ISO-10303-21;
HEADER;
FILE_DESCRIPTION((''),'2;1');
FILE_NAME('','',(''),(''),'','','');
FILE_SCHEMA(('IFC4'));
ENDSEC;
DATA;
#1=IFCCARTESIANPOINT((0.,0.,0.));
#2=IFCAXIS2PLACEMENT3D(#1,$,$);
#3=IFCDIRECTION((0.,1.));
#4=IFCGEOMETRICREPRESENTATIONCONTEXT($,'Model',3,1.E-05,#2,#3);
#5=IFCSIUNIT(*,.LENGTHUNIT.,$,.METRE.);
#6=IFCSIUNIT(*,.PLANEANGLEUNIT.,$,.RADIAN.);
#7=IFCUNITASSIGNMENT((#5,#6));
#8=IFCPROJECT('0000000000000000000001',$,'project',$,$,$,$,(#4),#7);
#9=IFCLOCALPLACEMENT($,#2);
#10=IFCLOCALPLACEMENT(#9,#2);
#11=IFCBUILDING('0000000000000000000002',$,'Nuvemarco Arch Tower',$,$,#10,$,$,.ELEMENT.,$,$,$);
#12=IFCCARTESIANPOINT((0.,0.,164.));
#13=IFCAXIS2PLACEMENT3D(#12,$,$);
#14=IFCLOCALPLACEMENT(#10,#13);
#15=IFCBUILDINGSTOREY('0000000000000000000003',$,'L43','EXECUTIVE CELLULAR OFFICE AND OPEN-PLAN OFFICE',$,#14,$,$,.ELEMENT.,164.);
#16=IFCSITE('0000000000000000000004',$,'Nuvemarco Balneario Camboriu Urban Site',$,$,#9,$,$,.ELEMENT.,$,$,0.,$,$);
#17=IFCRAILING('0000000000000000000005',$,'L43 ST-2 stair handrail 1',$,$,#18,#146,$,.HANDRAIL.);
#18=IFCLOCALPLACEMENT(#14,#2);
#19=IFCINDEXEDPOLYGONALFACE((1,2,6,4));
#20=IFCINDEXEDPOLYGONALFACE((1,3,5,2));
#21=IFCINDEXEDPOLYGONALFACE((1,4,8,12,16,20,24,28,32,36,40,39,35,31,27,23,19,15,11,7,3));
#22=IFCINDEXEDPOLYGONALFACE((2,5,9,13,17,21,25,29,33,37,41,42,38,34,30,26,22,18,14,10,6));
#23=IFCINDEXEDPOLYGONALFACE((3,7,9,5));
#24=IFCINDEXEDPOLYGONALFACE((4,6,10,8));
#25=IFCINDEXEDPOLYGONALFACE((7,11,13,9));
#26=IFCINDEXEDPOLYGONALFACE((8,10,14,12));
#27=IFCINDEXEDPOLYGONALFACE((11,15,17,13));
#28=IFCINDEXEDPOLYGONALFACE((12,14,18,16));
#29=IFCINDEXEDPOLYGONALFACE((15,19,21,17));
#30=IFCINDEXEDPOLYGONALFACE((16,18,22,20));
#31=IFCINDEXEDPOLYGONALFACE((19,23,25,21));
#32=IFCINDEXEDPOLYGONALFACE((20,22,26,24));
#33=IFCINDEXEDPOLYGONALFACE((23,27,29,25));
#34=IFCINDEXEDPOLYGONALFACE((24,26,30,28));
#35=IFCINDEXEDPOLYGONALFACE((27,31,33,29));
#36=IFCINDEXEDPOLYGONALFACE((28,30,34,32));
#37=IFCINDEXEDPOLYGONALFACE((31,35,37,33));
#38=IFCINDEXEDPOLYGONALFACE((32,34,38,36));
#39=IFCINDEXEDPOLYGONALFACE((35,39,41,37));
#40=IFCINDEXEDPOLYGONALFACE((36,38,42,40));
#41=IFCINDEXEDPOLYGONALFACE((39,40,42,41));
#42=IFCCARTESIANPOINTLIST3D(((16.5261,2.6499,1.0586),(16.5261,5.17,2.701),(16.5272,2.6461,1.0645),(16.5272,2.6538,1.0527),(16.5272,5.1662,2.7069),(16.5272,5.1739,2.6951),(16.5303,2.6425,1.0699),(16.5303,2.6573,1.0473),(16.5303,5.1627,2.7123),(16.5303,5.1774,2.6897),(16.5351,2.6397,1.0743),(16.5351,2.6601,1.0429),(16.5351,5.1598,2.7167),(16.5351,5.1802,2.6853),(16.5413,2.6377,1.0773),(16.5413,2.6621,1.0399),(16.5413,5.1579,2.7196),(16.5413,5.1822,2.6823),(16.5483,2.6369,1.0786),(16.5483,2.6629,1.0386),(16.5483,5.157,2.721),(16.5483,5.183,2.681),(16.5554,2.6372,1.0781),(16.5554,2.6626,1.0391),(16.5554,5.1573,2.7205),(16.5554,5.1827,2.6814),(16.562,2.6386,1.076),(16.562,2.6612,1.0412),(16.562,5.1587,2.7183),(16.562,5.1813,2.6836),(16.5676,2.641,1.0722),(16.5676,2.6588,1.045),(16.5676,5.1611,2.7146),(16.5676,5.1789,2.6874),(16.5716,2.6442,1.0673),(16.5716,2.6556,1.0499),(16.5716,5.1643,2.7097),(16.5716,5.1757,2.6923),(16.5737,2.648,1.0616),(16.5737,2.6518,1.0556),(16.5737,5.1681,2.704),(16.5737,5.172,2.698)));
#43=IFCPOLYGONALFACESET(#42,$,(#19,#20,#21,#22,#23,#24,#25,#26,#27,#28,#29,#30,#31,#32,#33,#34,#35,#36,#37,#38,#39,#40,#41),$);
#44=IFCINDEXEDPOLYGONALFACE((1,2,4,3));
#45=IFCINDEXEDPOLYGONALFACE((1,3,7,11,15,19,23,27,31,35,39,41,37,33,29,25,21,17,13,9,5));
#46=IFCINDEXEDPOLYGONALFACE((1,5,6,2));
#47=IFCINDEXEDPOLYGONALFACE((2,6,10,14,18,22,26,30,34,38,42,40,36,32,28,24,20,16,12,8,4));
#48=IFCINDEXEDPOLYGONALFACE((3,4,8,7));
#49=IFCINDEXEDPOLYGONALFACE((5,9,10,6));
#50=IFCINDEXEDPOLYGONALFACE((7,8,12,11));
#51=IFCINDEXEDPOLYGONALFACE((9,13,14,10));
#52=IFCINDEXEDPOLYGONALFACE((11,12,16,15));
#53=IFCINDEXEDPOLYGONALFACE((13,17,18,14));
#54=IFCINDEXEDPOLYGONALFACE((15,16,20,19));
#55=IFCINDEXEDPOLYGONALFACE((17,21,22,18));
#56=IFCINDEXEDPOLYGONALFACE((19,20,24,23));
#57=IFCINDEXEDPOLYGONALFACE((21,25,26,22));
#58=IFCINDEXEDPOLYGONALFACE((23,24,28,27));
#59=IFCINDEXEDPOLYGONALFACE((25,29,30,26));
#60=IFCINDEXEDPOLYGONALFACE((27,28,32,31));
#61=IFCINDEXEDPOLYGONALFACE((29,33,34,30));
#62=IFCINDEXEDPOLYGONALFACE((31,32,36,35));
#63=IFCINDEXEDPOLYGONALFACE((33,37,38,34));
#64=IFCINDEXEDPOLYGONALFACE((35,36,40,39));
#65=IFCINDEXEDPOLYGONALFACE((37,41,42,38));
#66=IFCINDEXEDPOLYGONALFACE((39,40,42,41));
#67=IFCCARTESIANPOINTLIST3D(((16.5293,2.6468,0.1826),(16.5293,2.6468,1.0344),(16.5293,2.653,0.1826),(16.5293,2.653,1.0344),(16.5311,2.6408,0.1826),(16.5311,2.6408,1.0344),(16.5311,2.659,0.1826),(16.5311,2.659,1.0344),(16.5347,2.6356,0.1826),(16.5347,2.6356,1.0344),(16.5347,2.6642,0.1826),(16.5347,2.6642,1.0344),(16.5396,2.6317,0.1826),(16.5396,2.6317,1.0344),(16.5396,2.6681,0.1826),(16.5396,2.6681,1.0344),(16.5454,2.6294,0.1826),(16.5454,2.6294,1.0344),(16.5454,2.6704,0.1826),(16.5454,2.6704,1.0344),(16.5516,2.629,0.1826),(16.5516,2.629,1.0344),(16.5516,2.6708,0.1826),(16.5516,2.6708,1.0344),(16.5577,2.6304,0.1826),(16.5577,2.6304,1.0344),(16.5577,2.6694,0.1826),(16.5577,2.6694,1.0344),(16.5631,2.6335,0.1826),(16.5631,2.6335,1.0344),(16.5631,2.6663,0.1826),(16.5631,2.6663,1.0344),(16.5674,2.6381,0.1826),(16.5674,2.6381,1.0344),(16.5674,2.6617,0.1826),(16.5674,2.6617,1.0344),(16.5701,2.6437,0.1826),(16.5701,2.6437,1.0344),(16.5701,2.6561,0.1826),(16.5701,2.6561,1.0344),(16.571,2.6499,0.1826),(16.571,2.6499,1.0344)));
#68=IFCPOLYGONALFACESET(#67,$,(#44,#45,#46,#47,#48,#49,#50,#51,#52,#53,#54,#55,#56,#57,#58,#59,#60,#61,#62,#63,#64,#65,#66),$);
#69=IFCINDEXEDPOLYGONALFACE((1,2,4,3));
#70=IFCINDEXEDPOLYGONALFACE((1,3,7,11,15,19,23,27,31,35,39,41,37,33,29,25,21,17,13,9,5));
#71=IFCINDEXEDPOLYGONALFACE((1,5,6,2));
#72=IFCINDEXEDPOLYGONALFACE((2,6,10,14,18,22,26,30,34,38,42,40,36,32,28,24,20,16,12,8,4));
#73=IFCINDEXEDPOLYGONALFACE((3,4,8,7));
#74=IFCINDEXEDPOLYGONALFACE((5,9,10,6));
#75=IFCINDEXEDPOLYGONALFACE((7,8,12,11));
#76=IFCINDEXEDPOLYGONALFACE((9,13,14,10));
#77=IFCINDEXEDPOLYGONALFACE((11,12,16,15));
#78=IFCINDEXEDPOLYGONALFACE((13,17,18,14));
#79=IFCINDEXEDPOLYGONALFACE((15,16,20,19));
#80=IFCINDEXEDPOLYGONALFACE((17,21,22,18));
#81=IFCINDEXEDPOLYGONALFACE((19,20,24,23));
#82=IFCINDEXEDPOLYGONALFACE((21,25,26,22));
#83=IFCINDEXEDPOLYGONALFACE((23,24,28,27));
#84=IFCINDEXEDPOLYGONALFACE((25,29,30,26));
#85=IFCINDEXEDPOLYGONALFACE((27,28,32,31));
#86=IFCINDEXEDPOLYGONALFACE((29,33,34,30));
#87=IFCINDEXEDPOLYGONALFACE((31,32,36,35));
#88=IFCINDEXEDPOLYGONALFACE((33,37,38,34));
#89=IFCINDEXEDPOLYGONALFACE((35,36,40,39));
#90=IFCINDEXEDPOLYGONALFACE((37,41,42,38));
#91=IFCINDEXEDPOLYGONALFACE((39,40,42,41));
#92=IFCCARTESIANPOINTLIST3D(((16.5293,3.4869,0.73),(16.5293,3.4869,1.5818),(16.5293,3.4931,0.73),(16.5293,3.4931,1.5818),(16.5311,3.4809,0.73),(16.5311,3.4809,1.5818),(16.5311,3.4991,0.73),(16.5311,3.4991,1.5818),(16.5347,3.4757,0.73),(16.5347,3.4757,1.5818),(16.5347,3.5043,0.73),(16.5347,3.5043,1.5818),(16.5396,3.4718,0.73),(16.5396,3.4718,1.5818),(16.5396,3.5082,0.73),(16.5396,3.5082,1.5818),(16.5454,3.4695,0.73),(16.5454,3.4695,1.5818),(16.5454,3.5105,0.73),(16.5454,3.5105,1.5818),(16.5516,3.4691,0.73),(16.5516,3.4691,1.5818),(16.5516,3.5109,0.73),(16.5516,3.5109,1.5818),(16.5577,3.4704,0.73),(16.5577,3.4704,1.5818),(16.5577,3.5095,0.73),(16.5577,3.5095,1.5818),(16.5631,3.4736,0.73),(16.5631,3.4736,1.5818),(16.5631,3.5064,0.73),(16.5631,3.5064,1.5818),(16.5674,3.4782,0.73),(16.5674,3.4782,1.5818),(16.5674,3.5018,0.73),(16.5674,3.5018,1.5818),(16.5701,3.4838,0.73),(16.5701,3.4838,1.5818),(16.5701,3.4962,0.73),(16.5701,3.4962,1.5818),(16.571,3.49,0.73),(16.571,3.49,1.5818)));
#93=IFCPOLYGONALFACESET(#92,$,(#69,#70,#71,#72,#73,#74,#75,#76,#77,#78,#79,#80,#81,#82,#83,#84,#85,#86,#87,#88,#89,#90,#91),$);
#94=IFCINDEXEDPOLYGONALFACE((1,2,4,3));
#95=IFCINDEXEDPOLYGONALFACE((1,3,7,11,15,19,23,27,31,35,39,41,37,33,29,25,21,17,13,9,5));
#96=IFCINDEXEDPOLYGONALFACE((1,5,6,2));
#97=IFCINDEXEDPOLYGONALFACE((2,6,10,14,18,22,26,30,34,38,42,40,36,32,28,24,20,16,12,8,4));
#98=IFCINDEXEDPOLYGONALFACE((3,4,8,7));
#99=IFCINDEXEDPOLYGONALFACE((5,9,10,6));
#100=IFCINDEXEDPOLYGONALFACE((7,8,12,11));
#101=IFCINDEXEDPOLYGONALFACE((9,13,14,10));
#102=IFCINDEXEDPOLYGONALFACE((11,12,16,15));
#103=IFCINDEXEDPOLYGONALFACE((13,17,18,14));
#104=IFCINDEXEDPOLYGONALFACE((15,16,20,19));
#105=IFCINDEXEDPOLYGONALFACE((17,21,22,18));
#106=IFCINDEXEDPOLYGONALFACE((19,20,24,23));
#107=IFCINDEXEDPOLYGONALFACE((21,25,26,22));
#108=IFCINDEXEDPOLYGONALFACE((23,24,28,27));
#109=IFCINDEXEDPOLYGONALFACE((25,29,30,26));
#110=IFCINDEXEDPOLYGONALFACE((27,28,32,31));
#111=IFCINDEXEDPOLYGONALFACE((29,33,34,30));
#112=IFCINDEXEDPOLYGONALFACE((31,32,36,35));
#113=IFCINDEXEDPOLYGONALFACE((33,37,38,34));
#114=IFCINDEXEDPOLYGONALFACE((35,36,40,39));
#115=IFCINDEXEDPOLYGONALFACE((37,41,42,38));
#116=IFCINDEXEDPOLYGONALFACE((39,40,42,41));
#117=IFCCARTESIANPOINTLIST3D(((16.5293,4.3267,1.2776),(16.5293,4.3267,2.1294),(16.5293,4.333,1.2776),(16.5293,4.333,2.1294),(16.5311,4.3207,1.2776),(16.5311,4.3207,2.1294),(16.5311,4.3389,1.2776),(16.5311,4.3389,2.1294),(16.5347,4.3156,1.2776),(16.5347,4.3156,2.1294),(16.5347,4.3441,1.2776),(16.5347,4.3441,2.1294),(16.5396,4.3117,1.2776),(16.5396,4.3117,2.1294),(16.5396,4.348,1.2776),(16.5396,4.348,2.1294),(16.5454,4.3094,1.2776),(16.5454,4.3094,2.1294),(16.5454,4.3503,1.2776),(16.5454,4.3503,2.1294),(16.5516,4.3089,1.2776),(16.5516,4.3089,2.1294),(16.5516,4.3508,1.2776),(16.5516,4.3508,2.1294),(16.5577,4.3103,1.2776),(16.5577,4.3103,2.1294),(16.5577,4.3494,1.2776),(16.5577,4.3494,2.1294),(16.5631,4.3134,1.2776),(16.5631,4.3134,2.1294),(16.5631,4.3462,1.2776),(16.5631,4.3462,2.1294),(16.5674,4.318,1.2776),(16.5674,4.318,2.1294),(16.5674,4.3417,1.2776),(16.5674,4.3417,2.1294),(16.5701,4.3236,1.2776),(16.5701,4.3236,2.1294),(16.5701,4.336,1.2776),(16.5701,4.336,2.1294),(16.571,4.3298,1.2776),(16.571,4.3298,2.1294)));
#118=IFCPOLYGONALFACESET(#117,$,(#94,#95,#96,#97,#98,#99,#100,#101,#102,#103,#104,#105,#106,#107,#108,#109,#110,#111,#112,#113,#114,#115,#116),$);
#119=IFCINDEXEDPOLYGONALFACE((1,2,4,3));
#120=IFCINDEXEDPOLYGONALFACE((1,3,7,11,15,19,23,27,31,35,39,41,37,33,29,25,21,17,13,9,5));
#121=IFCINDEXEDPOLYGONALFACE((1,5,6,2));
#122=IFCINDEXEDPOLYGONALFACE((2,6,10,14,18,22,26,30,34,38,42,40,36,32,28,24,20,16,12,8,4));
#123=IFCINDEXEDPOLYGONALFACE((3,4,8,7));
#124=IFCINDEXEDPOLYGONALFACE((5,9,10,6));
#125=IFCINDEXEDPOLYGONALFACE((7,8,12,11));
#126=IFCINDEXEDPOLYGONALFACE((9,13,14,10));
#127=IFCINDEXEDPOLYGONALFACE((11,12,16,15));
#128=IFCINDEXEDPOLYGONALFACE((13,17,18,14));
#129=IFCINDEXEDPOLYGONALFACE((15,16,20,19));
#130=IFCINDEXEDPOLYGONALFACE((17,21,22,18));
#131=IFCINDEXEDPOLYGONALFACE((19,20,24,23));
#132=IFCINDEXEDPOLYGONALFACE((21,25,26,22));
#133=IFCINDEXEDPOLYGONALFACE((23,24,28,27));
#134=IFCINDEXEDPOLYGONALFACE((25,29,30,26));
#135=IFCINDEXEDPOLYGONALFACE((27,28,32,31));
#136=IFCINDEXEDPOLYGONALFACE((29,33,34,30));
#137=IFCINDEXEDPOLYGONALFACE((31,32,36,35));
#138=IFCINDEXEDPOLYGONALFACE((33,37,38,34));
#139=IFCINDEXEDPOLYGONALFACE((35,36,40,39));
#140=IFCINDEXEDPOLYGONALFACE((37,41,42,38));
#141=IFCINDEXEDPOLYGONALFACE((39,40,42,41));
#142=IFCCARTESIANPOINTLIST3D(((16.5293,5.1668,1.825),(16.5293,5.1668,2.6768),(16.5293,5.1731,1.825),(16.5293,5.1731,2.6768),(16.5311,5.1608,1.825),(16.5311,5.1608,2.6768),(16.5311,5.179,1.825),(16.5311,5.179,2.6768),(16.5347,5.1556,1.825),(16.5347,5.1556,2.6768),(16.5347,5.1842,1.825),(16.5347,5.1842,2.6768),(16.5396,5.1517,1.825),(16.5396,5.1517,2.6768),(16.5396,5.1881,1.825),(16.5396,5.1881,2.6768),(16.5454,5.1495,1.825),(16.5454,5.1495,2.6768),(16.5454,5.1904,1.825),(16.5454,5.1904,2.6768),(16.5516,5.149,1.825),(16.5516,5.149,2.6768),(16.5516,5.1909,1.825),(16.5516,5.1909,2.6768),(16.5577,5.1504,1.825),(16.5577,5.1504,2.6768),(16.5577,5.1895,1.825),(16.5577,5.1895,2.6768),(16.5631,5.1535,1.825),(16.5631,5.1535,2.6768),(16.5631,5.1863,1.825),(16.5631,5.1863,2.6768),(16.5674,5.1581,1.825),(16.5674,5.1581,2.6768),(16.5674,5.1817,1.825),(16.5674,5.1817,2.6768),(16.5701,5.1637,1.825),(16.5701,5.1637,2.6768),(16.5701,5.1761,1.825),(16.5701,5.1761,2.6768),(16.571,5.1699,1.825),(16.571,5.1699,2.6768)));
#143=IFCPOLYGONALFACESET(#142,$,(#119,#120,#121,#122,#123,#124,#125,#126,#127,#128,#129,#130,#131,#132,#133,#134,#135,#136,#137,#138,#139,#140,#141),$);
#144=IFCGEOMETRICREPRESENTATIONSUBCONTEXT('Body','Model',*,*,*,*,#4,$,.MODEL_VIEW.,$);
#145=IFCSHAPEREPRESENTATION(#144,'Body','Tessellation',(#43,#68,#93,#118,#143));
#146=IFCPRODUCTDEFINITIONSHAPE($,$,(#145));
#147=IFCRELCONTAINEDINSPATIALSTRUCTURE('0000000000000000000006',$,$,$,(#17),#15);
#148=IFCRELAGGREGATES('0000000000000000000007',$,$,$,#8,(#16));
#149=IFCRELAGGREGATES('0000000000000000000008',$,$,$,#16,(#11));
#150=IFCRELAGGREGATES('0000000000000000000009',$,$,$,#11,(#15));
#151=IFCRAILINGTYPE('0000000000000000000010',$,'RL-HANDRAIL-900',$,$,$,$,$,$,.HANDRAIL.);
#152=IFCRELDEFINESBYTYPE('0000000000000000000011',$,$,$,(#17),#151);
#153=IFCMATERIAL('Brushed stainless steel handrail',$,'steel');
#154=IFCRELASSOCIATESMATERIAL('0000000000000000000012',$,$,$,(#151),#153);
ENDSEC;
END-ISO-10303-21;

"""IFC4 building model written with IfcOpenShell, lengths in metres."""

from ifc_helpers import new_model, si_unit, direction, frame, origin, origin_2d, place, context, subcontext, project, spatial, circle, extrude, material, type_object, element, save


model = new_model("IFC4")

# Units and contexts
model_context = context("Model", 3, precision=1e-05, world=origin(), true_north=direction((0.0, 1.0)))
body_context = subcontext(model_context, "Body", "Model", "MODEL_VIEW")
ifc_project = project(units=[si_unit("LENGTHUNIT", "METRE"), si_unit("PLANEANGLEUNIT", "RADIAN")], contexts=[model_context])

# Site, building, storey
site_placement = place(None, origin())
site = spatial("IfcSite", under=ifc_project, at=site_placement, Name="Nuvemarco Balneario Camboriu Urban Site", CompositionType="ELEMENT", RefElevation=0.0)
building_placement = place(site_placement, origin())
building = spatial("IfcBuilding", under=site, at=building_placement, Name="Nuvemarco Arch Tower", CompositionType="ELEMENT")
storey_placement = place(building_placement, frame((0.0, 0.0, 164.0)))
storey = spatial("IfcBuildingStorey", under=building, at=storey_placement, Name="L43", Description="EXECUTIVE CELLULAR OFFICE AND OPEN-PLAN OFFICE", CompositionType="ELEMENT", Elevation=164.0)

# Railing
ifc_material_1 = material(Name="Brushed stainless steel handrail", Category="steel")
railing_type_1 = type_object("IfcRailingType", Name="RL-HANDRAIL-900", PredefinedType="HANDRAIL", material=ifc_material_1)
railing_1_placement = place(storey_placement, frame((16.55, 2.6499, 0.1826)))
element("IfcRailing", 1, at=railing_1_placement, inside=storey, type_object=railing_type_1, Name="L43 ST-2 stair handrail 1", PredefinedType="HANDRAIL", context=body_context, shape_type="SweptSolid", body=[
    extrude(circle(Radius=0.0239, at=origin_2d()), frame((0.0, 0.0, 0.876), z_axis=(0.0, 0.837787, 0.545998), x_axis=(-1.0, 0.0, 0.0)), (0.0, 0.0, 1.0), 3.0081),
    extrude(circle(Radius=0.021, at=origin_2d()), origin(), (0.0, 0.0, 1.0), 0.8518),
    extrude(circle(Radius=0.021, at=origin_2d()), frame((0.0, 0.8401, 0.5474)), (0.0, 0.0, 1.0), 0.8518),
    extrude(circle(Radius=0.021, at=origin_2d()), frame((0.0, 1.6799, 1.095)), (0.0, 0.0, 1.0), 0.8518),
    extrude(circle(Radius=0.021, at=origin_2d()), frame((0.0, 2.52, 1.6423)), (0.0, 0.0, 1.0), 0.8518),
])

save(model, "model.ifc")
